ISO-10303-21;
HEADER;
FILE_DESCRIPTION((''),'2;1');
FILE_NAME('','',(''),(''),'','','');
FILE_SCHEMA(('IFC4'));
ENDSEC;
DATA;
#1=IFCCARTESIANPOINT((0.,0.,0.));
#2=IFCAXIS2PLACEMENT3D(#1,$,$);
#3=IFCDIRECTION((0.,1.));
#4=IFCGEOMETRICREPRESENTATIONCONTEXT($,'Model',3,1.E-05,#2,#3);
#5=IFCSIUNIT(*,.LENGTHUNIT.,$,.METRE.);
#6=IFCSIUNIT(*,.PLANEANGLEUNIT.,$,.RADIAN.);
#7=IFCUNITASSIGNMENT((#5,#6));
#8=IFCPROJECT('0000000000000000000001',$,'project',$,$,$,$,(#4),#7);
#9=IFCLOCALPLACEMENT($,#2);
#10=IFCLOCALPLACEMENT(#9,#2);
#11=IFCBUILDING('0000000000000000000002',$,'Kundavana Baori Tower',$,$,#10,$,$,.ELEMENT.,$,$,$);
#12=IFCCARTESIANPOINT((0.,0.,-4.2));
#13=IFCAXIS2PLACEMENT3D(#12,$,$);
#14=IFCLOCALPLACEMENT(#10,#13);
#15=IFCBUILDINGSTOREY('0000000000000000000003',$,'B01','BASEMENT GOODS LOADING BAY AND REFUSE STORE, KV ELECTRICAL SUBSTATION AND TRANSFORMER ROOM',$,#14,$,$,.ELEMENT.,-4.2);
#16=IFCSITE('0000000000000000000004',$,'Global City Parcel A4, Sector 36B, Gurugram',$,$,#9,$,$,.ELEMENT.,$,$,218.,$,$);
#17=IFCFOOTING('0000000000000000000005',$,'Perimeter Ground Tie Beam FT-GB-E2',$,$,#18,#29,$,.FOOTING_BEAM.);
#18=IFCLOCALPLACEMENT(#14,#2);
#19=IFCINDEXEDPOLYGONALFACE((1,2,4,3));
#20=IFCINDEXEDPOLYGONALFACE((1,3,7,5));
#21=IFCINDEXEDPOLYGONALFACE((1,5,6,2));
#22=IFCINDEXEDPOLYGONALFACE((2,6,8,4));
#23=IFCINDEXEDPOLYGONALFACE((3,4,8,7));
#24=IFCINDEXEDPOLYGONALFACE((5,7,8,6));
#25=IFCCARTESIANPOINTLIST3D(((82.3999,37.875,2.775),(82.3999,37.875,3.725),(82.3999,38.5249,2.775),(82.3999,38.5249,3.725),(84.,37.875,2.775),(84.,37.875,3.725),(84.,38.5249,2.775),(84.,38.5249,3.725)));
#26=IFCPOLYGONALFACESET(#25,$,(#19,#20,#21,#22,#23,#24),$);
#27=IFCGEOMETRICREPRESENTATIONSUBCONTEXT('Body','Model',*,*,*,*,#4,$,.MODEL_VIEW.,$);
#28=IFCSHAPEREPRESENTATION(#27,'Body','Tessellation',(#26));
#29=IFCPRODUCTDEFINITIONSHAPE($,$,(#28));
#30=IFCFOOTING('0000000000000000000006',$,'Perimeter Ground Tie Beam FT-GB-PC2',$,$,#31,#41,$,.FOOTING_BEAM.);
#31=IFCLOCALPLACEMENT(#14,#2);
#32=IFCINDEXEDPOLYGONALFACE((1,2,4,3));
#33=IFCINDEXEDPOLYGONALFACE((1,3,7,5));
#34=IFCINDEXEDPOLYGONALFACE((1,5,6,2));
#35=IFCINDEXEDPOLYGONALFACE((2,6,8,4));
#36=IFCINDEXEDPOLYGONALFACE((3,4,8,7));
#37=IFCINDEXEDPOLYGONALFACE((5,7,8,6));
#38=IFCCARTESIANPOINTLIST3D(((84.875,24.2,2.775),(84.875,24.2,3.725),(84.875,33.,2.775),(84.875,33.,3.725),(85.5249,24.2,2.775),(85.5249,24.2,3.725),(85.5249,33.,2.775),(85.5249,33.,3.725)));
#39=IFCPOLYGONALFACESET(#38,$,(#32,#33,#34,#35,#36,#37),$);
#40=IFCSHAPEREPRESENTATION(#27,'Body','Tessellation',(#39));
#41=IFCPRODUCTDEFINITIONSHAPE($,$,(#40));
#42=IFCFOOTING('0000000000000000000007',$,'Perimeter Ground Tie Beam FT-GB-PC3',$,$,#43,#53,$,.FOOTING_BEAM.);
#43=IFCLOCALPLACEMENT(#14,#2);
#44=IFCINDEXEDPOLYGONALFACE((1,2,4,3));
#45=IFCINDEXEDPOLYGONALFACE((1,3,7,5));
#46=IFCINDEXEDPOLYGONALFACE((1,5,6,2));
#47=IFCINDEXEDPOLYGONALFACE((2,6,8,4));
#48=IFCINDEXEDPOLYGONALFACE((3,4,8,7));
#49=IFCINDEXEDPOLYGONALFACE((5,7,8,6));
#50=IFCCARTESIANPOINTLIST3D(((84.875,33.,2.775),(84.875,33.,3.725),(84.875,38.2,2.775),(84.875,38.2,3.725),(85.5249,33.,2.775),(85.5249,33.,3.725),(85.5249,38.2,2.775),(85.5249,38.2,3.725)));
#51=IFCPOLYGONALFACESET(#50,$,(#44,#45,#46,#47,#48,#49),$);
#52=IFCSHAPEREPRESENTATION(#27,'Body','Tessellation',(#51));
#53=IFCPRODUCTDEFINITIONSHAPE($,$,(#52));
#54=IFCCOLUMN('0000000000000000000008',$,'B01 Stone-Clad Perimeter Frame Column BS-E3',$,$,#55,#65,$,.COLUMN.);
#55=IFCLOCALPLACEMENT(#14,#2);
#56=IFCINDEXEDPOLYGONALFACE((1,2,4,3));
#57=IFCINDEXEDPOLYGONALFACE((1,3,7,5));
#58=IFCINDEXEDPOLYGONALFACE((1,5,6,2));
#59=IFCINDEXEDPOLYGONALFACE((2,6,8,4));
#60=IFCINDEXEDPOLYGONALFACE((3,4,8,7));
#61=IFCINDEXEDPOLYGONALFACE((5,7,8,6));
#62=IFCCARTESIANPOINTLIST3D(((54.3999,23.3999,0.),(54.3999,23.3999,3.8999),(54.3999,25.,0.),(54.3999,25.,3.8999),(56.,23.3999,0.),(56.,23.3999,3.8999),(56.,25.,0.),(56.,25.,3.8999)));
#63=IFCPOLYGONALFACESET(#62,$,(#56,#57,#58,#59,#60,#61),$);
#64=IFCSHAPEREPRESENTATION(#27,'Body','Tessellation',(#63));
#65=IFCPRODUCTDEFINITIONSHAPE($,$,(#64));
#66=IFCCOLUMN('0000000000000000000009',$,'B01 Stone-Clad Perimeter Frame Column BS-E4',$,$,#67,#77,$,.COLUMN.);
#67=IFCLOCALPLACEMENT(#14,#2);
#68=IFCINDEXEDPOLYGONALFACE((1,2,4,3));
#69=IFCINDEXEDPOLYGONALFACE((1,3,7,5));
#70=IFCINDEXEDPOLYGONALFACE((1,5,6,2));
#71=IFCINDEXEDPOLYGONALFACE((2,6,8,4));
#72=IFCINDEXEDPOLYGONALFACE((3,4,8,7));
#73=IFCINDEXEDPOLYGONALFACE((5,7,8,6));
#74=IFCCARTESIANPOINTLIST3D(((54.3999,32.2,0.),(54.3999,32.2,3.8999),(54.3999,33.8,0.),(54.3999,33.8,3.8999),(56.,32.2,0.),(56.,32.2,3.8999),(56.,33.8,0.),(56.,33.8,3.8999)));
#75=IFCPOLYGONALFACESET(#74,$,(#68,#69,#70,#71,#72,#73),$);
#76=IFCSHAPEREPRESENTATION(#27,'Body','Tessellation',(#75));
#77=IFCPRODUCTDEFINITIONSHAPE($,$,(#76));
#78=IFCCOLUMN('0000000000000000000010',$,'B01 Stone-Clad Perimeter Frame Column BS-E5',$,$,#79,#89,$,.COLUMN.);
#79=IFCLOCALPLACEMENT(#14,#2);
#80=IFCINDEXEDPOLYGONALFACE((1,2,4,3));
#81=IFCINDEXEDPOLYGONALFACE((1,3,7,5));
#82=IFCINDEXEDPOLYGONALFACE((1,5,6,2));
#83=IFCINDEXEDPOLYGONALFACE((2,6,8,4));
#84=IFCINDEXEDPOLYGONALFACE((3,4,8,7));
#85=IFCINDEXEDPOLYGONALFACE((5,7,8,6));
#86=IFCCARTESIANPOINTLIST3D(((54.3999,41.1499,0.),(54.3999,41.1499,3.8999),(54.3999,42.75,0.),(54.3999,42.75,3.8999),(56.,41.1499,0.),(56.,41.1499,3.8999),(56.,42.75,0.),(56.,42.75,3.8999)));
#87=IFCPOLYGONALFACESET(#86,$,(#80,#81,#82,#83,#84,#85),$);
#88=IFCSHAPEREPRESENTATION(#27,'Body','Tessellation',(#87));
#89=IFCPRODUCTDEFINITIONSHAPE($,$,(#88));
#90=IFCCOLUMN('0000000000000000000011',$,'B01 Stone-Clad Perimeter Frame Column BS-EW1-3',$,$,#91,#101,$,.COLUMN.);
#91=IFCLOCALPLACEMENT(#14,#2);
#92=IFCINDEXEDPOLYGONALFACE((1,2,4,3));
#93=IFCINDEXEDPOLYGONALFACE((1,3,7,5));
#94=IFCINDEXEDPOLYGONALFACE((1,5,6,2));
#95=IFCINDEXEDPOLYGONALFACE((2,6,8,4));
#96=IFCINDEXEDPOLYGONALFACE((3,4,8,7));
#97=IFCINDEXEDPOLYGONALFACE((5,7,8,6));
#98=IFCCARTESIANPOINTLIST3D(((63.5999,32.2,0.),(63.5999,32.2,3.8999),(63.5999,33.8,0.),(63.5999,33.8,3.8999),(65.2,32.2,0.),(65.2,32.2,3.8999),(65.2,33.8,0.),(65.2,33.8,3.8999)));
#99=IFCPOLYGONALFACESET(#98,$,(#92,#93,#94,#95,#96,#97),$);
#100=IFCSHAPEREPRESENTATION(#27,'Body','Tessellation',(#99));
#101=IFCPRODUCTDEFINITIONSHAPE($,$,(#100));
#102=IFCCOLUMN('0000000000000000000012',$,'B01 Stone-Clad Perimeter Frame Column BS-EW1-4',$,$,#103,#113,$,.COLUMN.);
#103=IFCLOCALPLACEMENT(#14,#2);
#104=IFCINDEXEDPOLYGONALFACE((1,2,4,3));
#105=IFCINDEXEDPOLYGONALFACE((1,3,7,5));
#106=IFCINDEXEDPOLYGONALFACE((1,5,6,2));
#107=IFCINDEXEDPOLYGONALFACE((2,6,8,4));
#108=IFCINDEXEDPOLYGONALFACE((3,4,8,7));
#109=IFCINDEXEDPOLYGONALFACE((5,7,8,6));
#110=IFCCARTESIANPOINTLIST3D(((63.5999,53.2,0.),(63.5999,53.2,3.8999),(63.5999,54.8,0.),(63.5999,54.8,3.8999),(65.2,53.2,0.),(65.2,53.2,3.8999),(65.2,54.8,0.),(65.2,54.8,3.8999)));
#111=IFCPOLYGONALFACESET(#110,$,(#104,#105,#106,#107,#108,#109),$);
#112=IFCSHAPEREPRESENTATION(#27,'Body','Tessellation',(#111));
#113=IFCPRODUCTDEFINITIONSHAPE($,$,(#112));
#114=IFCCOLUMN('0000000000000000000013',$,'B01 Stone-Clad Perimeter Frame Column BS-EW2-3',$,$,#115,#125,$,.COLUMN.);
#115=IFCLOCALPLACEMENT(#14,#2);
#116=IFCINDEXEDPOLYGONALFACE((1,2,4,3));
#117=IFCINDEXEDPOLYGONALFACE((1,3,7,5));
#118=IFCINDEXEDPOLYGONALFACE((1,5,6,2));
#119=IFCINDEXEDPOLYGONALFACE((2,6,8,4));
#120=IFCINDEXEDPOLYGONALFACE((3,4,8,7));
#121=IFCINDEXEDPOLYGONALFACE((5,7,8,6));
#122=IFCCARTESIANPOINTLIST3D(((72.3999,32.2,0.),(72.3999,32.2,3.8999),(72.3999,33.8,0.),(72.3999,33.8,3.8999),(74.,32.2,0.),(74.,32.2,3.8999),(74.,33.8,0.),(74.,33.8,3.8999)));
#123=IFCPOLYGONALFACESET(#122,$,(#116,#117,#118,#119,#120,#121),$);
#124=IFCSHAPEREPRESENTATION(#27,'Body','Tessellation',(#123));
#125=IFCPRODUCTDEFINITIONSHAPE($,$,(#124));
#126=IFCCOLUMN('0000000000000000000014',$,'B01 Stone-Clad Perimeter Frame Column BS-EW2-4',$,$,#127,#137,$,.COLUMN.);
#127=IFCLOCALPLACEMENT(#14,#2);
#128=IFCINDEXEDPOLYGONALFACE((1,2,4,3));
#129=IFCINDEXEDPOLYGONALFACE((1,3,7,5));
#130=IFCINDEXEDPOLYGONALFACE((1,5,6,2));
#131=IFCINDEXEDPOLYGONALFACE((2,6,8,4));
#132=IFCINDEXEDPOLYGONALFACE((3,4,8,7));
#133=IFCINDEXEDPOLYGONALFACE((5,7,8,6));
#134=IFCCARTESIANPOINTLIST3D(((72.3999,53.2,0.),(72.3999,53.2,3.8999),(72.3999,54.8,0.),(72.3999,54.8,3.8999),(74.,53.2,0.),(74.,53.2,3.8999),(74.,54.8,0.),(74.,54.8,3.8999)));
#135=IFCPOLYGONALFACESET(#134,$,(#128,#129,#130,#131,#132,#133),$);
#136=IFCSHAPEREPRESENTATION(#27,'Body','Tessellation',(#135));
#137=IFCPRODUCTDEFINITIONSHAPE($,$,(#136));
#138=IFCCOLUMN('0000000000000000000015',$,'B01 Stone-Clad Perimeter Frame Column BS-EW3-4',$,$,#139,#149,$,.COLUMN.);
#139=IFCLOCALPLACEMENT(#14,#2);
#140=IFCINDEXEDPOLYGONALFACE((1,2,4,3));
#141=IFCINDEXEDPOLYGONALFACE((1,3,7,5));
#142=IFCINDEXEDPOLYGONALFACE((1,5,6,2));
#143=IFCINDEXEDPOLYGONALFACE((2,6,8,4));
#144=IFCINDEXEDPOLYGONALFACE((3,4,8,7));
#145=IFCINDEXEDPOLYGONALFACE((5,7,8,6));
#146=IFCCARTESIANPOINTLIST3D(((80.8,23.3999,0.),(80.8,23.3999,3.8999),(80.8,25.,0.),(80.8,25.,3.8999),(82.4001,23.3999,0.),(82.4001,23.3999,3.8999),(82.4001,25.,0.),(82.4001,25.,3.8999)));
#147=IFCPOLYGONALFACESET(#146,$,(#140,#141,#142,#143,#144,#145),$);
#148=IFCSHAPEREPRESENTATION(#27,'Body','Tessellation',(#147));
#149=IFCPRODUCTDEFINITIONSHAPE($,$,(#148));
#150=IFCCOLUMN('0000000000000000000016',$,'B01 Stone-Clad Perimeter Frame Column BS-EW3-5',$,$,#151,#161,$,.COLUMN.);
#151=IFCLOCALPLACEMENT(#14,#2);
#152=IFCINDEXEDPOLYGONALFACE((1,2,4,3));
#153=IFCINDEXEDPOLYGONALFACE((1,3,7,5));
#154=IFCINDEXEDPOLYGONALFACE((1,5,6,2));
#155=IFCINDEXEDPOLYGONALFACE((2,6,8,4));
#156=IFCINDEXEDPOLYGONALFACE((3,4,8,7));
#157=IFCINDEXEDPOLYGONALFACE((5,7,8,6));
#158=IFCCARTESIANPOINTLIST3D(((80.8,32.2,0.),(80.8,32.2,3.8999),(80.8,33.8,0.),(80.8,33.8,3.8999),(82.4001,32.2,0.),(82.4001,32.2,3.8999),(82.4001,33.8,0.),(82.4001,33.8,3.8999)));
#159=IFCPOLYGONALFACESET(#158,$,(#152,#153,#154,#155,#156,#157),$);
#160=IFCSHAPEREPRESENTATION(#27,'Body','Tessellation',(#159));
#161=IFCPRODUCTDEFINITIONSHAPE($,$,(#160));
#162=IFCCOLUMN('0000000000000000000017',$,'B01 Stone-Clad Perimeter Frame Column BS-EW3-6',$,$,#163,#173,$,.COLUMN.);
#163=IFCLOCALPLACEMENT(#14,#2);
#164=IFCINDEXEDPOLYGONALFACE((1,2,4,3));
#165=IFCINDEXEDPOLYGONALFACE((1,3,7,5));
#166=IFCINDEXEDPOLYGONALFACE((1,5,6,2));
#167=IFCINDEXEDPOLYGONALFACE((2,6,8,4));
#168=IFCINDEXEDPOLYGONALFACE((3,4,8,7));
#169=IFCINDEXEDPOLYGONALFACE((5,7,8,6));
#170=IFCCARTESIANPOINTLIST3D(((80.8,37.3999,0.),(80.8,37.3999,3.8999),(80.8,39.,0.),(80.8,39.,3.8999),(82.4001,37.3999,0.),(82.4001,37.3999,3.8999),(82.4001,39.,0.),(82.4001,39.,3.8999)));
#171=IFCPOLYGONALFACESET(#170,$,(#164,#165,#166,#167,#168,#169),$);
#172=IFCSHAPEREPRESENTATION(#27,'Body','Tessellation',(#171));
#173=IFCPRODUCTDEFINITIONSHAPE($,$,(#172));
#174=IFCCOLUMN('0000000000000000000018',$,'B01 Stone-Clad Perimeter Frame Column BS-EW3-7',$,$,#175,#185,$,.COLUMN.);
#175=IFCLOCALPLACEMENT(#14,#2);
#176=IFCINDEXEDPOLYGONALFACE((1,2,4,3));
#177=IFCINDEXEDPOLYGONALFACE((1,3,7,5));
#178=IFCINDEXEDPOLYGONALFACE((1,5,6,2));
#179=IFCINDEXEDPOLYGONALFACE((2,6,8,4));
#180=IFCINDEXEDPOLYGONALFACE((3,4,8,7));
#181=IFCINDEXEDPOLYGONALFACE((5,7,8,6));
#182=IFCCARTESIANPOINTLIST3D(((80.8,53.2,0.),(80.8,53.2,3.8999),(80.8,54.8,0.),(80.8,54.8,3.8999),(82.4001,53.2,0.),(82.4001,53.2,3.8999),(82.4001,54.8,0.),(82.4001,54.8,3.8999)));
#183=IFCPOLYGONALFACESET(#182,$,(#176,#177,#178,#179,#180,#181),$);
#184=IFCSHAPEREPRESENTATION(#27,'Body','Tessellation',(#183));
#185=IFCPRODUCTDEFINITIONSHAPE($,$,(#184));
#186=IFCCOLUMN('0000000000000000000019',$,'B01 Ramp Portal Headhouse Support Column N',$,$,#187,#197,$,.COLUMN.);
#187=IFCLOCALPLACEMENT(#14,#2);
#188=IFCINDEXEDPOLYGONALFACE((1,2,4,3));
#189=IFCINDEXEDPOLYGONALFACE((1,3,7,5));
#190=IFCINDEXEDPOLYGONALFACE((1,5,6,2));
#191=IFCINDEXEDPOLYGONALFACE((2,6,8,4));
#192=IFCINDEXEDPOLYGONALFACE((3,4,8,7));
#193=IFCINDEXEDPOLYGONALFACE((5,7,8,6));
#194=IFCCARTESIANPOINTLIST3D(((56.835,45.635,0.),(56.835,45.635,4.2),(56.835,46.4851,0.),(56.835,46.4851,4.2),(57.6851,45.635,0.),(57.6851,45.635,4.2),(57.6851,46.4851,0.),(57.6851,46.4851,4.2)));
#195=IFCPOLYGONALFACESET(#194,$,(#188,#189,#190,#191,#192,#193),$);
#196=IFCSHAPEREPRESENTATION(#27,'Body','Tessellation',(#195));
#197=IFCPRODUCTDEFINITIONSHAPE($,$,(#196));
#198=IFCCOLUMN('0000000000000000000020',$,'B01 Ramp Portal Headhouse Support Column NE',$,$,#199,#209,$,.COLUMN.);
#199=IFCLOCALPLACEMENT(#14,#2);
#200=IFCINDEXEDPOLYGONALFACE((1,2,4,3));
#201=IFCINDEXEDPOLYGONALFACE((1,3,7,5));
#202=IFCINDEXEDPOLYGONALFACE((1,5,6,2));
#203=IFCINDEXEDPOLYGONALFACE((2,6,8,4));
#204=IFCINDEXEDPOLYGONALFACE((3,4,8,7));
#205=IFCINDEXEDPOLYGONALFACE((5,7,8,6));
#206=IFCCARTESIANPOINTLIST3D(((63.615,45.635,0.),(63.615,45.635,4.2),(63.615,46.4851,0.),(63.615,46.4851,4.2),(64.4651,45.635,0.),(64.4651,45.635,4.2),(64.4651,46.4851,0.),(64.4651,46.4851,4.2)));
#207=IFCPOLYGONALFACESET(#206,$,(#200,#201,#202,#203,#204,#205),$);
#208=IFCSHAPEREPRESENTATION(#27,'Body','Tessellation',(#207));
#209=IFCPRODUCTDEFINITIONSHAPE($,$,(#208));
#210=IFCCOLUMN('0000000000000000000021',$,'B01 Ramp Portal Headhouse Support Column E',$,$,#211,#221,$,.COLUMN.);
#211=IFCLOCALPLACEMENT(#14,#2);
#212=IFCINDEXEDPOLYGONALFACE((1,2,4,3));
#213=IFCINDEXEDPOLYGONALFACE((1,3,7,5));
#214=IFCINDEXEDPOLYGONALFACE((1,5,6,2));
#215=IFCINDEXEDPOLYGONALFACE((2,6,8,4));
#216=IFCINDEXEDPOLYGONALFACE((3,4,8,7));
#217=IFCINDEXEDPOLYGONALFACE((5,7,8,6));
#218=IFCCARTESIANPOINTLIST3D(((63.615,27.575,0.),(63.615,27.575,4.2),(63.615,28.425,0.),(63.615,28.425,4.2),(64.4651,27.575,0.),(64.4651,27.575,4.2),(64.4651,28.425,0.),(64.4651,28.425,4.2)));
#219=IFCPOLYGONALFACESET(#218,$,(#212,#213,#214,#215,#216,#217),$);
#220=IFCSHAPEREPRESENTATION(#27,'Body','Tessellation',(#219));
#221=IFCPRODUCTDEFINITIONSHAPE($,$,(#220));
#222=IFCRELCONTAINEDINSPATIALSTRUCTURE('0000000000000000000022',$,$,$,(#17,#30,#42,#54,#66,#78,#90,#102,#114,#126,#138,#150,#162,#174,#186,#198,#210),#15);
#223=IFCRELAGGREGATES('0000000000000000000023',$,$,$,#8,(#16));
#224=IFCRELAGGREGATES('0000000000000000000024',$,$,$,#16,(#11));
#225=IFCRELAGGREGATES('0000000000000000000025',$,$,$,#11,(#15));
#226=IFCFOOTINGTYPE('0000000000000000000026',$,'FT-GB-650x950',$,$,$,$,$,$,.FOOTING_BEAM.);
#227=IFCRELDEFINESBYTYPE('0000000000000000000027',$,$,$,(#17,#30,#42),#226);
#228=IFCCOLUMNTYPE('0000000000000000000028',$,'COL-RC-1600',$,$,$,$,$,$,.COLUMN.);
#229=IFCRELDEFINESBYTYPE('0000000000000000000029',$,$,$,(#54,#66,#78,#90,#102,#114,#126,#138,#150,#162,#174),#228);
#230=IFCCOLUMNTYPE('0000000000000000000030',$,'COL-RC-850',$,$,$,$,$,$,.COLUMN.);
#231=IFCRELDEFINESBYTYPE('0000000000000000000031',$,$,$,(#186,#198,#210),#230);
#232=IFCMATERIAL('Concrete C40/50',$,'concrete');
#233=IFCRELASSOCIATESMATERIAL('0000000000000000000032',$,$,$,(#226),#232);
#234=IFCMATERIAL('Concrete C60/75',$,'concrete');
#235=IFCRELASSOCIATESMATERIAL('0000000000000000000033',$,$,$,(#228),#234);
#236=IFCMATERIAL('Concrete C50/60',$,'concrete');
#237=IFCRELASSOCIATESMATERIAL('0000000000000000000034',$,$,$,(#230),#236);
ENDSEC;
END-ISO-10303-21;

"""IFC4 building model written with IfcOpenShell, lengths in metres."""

from ifc_helpers import new_model, si_unit, direction, frame, origin, origin_2d, place, context, subcontext, project, spatial, rectangle, extrude, material, material_profile, profile_set, type_object, element, save


model = new_model("IFC4")

# Units and contexts
model_context = context("Model", 3, precision=1e-05, world=origin(), true_north=direction((0.0, 1.0)))
body_context = subcontext(model_context, "Body", "Model", "MODEL_VIEW")
ifc_project = project(units=[si_unit("LENGTHUNIT", "METRE"), si_unit("PLANEANGLEUNIT", "RADIAN")], contexts=[model_context])

# Site, building, storey
site_placement = place(None, origin())
site = spatial("IfcSite", under=ifc_project, at=site_placement, Name="Global City Parcel A4, Sector 36B, Gurugram", CompositionType="ELEMENT", RefElevation=218.0)
building_placement = place(site_placement, origin())
building = spatial("IfcBuilding", under=site, at=building_placement, Name="Kundavana Baori Tower", CompositionType="ELEMENT")
storey_placement = place(building_placement, frame((0.0, 0.0, -4.2)))
storey = spatial("IfcBuildingStorey", under=building, at=storey_placement, Name="B01", Description="BASEMENT GOODS LOADING BAY AND REFUSE STORE, KV ELECTRICAL SUBSTATION AND TRANSFORMER ROOM", CompositionType="ELEMENT", Elevation=-4.2)

# Footings
ifc_material_1 = material(Name="Concrete C40/50", Category="concrete")
ifc_material_profile_1 = material_profile(ifc_material_1, rectangle(XDim=0.6499, YDim=0.95, at=origin_2d()), Name="RC BM 650x950")
ifc_profile_set_1 = profile_set([ifc_material_profile_1], Name="Concrete C40/50")
footing_type = type_object("IfcFootingType", Name="FT-GB-650x950", PredefinedType="FOOTING_BEAM", material=ifc_profile_set_1)
footing_1_placement = place(storey_placement, frame((82.3999, 38.2, 3.25), z_axis=(1.0, 0.0, 0.0), x_axis=(0.0, 1.0, 0.0)))
element("IfcFooting", 1, at=footing_1_placement, inside=storey, type_object=footing_type, Name="Perimeter Ground Tie Beam FT-GB-E2", PredefinedType="FOOTING_BEAM", context=body_context, shape_type="SweptSolid", body=[
    extrude(rectangle(XDim=0.6499, YDim=0.95, at=origin_2d()), origin(), (0.0, 0.0, 1.0), 1.6001),
])
footing_2_placement = place(storey_placement, frame((85.2, 24.2, 3.25), z_axis=(0.0, 1.0, 0.0), x_axis=(-1.0, 0.0, 0.0)))
element("IfcFooting", 2, at=footing_2_placement, inside=storey, type_object=footing_type, Name="Perimeter Ground Tie Beam FT-GB-PC2", PredefinedType="FOOTING_BEAM", context=body_context, shape_type="SweptSolid", body=[
    extrude(rectangle(XDim=0.6499, YDim=0.95, at=origin_2d()), origin(), (0.0, 0.0, 1.0), 8.8),
])
footing_3_placement = place(storey_placement, frame((85.2, 33.0, 3.25), z_axis=(0.0, 1.0, 0.0), x_axis=(-1.0, 0.0, 0.0)))
element("IfcFooting", 3, at=footing_3_placement, inside=storey, type_object=footing_type, Name="Perimeter Ground Tie Beam FT-GB-PC3", PredefinedType="FOOTING_BEAM", context=body_context, shape_type="SweptSolid", body=[
    extrude(rectangle(XDim=0.6499, YDim=0.95, at=origin_2d()), origin(), (0.0, 0.0, 1.0), 5.2),
])

# Columns
ifc_material_2 = material(Name="Concrete C60/75", Category="concrete")
ifc_material_profile_2 = material_profile(ifc_material_2, rectangle(XDim=1.6001, YDim=1.6001, at=origin_2d()), Name="RC 1600x1600")
ifc_profile_set_2 = profile_set([ifc_material_profile_2], Name="Concrete C60/75")
column_type_1 = type_object("IfcColumnType", Name="COL-RC-1600", PredefinedType="COLUMN", material=ifc_profile_set_2)
for number, where, z_axis, x_axis, name in (
    (4, (55.2, 24.2, 0.0), (0.0, 0.0, 1.0), (1.0, 0.0, 0.0), "B01 Stone-Clad Perimeter Frame Column BS-E3"),
    (5, (55.2, 33.0, 0.0), (0.0, 0.0, 1.0), (1.0, 0.0, 0.0), "B01 Stone-Clad Perimeter Frame Column BS-E4"),
    (6, (55.2, 41.95, 0.0), (0.0, 0.0, 1.0), (1.0, 0.0, 0.0), "B01 Stone-Clad Perimeter Frame Column BS-E5"),
    (7, (64.3999, 33.0, 0.0), (0.0, 0.0, 1.0), (1.0, 0.0, 0.0), "B01 Stone-Clad Perimeter Frame Column BS-EW1-3"),
    (8, (64.3999, 54.0, 0.0), (0.0, 0.0, 1.0), (1.0, 0.0, 0.0), "B01 Stone-Clad Perimeter Frame Column BS-EW1-4"),
    (9, (73.2, 33.0, 0.0), (0.0, 0.0, 1.0), (1.0, 0.0, 0.0), "B01 Stone-Clad Perimeter Frame Column BS-EW2-3"),
    (10, (73.2, 54.0, 0.0), (0.0, 0.0, 1.0), (1.0, 0.0, 0.0), "B01 Stone-Clad Perimeter Frame Column BS-EW2-4"),
    (11, (81.6001, 24.2, 0.0), (0.0, 0.0, 1.0), (1.0, 0.0, 0.0), "B01 Stone-Clad Perimeter Frame Column BS-EW3-4"),
    (12, (81.6001, 33.0, 0.0), (0.0, 0.0, 1.0), (1.0, 0.0, 0.0), "B01 Stone-Clad Perimeter Frame Column BS-EW3-5"),
    (13, (81.6001, 38.2, 0.0), (0.0, 0.0, 1.0), (1.0, 0.0, 0.0), "B01 Stone-Clad Perimeter Frame Column BS-EW3-6"),
    (14, (81.6001, 54.0, 0.0), (0.0, 0.0, 1.0), (1.0, 0.0, 0.0), "B01 Stone-Clad Perimeter Frame Column BS-EW3-7"),
):
    element("IfcColumn", number, at=place(storey_placement, frame(where, z_axis=z_axis, x_axis=x_axis)), inside=storey, type_object=column_type_1, Name=name, PredefinedType="COLUMN", context=body_context, shape_type="SweptSolid", body=[
        extrude(rectangle(XDim=1.6001, YDim=1.6001, at=origin_2d()), origin(), (0.0, 0.0, 1.0), 3.8999),
    ])
ifc_material_3 = material(Name="Concrete C50/60", Category="concrete")
ifc_material_profile_3 = material_profile(ifc_material_3, rectangle(XDim=0.8501, YDim=0.8501, at=origin_2d()), Name="RC 850x850")
ifc_profile_set_3 = profile_set([ifc_material_profile_3], Name="Concrete C50/60")
column_type_2 = type_object("IfcColumnType", Name="COL-RC-850", PredefinedType="COLUMN", material=ifc_profile_set_3)
for number, where, z_axis, x_axis, name in (
    (15, (57.26, 46.0601, 0.0), (0.0, 0.0, 1.0), (1.0, 0.0, 0.0), "B01 Ramp Portal Headhouse Support Column N"),
    (16, (64.04, 46.0601, 0.0), (0.0, 0.0, 1.0), (1.0, 0.0, 0.0), "B01 Ramp Portal Headhouse Support Column NE"),
    (17, (64.04, 28.0, 0.0), (0.0, 0.0, 1.0), (1.0, 0.0, 0.0), "B01 Ramp Portal Headhouse Support Column E"),
):
    element("IfcColumn", number, at=place(storey_placement, frame(where, z_axis=z_axis, x_axis=x_axis)), inside=storey, type_object=column_type_2, Name=name, PredefinedType="COLUMN", context=body_context, shape_type="SweptSolid", body=[
        extrude(rectangle(XDim=0.8501, YDim=0.8501, at=origin_2d()), origin(), (0.0, 0.0, 1.0), 4.2),
    ])

save(model, "model.ifc")
